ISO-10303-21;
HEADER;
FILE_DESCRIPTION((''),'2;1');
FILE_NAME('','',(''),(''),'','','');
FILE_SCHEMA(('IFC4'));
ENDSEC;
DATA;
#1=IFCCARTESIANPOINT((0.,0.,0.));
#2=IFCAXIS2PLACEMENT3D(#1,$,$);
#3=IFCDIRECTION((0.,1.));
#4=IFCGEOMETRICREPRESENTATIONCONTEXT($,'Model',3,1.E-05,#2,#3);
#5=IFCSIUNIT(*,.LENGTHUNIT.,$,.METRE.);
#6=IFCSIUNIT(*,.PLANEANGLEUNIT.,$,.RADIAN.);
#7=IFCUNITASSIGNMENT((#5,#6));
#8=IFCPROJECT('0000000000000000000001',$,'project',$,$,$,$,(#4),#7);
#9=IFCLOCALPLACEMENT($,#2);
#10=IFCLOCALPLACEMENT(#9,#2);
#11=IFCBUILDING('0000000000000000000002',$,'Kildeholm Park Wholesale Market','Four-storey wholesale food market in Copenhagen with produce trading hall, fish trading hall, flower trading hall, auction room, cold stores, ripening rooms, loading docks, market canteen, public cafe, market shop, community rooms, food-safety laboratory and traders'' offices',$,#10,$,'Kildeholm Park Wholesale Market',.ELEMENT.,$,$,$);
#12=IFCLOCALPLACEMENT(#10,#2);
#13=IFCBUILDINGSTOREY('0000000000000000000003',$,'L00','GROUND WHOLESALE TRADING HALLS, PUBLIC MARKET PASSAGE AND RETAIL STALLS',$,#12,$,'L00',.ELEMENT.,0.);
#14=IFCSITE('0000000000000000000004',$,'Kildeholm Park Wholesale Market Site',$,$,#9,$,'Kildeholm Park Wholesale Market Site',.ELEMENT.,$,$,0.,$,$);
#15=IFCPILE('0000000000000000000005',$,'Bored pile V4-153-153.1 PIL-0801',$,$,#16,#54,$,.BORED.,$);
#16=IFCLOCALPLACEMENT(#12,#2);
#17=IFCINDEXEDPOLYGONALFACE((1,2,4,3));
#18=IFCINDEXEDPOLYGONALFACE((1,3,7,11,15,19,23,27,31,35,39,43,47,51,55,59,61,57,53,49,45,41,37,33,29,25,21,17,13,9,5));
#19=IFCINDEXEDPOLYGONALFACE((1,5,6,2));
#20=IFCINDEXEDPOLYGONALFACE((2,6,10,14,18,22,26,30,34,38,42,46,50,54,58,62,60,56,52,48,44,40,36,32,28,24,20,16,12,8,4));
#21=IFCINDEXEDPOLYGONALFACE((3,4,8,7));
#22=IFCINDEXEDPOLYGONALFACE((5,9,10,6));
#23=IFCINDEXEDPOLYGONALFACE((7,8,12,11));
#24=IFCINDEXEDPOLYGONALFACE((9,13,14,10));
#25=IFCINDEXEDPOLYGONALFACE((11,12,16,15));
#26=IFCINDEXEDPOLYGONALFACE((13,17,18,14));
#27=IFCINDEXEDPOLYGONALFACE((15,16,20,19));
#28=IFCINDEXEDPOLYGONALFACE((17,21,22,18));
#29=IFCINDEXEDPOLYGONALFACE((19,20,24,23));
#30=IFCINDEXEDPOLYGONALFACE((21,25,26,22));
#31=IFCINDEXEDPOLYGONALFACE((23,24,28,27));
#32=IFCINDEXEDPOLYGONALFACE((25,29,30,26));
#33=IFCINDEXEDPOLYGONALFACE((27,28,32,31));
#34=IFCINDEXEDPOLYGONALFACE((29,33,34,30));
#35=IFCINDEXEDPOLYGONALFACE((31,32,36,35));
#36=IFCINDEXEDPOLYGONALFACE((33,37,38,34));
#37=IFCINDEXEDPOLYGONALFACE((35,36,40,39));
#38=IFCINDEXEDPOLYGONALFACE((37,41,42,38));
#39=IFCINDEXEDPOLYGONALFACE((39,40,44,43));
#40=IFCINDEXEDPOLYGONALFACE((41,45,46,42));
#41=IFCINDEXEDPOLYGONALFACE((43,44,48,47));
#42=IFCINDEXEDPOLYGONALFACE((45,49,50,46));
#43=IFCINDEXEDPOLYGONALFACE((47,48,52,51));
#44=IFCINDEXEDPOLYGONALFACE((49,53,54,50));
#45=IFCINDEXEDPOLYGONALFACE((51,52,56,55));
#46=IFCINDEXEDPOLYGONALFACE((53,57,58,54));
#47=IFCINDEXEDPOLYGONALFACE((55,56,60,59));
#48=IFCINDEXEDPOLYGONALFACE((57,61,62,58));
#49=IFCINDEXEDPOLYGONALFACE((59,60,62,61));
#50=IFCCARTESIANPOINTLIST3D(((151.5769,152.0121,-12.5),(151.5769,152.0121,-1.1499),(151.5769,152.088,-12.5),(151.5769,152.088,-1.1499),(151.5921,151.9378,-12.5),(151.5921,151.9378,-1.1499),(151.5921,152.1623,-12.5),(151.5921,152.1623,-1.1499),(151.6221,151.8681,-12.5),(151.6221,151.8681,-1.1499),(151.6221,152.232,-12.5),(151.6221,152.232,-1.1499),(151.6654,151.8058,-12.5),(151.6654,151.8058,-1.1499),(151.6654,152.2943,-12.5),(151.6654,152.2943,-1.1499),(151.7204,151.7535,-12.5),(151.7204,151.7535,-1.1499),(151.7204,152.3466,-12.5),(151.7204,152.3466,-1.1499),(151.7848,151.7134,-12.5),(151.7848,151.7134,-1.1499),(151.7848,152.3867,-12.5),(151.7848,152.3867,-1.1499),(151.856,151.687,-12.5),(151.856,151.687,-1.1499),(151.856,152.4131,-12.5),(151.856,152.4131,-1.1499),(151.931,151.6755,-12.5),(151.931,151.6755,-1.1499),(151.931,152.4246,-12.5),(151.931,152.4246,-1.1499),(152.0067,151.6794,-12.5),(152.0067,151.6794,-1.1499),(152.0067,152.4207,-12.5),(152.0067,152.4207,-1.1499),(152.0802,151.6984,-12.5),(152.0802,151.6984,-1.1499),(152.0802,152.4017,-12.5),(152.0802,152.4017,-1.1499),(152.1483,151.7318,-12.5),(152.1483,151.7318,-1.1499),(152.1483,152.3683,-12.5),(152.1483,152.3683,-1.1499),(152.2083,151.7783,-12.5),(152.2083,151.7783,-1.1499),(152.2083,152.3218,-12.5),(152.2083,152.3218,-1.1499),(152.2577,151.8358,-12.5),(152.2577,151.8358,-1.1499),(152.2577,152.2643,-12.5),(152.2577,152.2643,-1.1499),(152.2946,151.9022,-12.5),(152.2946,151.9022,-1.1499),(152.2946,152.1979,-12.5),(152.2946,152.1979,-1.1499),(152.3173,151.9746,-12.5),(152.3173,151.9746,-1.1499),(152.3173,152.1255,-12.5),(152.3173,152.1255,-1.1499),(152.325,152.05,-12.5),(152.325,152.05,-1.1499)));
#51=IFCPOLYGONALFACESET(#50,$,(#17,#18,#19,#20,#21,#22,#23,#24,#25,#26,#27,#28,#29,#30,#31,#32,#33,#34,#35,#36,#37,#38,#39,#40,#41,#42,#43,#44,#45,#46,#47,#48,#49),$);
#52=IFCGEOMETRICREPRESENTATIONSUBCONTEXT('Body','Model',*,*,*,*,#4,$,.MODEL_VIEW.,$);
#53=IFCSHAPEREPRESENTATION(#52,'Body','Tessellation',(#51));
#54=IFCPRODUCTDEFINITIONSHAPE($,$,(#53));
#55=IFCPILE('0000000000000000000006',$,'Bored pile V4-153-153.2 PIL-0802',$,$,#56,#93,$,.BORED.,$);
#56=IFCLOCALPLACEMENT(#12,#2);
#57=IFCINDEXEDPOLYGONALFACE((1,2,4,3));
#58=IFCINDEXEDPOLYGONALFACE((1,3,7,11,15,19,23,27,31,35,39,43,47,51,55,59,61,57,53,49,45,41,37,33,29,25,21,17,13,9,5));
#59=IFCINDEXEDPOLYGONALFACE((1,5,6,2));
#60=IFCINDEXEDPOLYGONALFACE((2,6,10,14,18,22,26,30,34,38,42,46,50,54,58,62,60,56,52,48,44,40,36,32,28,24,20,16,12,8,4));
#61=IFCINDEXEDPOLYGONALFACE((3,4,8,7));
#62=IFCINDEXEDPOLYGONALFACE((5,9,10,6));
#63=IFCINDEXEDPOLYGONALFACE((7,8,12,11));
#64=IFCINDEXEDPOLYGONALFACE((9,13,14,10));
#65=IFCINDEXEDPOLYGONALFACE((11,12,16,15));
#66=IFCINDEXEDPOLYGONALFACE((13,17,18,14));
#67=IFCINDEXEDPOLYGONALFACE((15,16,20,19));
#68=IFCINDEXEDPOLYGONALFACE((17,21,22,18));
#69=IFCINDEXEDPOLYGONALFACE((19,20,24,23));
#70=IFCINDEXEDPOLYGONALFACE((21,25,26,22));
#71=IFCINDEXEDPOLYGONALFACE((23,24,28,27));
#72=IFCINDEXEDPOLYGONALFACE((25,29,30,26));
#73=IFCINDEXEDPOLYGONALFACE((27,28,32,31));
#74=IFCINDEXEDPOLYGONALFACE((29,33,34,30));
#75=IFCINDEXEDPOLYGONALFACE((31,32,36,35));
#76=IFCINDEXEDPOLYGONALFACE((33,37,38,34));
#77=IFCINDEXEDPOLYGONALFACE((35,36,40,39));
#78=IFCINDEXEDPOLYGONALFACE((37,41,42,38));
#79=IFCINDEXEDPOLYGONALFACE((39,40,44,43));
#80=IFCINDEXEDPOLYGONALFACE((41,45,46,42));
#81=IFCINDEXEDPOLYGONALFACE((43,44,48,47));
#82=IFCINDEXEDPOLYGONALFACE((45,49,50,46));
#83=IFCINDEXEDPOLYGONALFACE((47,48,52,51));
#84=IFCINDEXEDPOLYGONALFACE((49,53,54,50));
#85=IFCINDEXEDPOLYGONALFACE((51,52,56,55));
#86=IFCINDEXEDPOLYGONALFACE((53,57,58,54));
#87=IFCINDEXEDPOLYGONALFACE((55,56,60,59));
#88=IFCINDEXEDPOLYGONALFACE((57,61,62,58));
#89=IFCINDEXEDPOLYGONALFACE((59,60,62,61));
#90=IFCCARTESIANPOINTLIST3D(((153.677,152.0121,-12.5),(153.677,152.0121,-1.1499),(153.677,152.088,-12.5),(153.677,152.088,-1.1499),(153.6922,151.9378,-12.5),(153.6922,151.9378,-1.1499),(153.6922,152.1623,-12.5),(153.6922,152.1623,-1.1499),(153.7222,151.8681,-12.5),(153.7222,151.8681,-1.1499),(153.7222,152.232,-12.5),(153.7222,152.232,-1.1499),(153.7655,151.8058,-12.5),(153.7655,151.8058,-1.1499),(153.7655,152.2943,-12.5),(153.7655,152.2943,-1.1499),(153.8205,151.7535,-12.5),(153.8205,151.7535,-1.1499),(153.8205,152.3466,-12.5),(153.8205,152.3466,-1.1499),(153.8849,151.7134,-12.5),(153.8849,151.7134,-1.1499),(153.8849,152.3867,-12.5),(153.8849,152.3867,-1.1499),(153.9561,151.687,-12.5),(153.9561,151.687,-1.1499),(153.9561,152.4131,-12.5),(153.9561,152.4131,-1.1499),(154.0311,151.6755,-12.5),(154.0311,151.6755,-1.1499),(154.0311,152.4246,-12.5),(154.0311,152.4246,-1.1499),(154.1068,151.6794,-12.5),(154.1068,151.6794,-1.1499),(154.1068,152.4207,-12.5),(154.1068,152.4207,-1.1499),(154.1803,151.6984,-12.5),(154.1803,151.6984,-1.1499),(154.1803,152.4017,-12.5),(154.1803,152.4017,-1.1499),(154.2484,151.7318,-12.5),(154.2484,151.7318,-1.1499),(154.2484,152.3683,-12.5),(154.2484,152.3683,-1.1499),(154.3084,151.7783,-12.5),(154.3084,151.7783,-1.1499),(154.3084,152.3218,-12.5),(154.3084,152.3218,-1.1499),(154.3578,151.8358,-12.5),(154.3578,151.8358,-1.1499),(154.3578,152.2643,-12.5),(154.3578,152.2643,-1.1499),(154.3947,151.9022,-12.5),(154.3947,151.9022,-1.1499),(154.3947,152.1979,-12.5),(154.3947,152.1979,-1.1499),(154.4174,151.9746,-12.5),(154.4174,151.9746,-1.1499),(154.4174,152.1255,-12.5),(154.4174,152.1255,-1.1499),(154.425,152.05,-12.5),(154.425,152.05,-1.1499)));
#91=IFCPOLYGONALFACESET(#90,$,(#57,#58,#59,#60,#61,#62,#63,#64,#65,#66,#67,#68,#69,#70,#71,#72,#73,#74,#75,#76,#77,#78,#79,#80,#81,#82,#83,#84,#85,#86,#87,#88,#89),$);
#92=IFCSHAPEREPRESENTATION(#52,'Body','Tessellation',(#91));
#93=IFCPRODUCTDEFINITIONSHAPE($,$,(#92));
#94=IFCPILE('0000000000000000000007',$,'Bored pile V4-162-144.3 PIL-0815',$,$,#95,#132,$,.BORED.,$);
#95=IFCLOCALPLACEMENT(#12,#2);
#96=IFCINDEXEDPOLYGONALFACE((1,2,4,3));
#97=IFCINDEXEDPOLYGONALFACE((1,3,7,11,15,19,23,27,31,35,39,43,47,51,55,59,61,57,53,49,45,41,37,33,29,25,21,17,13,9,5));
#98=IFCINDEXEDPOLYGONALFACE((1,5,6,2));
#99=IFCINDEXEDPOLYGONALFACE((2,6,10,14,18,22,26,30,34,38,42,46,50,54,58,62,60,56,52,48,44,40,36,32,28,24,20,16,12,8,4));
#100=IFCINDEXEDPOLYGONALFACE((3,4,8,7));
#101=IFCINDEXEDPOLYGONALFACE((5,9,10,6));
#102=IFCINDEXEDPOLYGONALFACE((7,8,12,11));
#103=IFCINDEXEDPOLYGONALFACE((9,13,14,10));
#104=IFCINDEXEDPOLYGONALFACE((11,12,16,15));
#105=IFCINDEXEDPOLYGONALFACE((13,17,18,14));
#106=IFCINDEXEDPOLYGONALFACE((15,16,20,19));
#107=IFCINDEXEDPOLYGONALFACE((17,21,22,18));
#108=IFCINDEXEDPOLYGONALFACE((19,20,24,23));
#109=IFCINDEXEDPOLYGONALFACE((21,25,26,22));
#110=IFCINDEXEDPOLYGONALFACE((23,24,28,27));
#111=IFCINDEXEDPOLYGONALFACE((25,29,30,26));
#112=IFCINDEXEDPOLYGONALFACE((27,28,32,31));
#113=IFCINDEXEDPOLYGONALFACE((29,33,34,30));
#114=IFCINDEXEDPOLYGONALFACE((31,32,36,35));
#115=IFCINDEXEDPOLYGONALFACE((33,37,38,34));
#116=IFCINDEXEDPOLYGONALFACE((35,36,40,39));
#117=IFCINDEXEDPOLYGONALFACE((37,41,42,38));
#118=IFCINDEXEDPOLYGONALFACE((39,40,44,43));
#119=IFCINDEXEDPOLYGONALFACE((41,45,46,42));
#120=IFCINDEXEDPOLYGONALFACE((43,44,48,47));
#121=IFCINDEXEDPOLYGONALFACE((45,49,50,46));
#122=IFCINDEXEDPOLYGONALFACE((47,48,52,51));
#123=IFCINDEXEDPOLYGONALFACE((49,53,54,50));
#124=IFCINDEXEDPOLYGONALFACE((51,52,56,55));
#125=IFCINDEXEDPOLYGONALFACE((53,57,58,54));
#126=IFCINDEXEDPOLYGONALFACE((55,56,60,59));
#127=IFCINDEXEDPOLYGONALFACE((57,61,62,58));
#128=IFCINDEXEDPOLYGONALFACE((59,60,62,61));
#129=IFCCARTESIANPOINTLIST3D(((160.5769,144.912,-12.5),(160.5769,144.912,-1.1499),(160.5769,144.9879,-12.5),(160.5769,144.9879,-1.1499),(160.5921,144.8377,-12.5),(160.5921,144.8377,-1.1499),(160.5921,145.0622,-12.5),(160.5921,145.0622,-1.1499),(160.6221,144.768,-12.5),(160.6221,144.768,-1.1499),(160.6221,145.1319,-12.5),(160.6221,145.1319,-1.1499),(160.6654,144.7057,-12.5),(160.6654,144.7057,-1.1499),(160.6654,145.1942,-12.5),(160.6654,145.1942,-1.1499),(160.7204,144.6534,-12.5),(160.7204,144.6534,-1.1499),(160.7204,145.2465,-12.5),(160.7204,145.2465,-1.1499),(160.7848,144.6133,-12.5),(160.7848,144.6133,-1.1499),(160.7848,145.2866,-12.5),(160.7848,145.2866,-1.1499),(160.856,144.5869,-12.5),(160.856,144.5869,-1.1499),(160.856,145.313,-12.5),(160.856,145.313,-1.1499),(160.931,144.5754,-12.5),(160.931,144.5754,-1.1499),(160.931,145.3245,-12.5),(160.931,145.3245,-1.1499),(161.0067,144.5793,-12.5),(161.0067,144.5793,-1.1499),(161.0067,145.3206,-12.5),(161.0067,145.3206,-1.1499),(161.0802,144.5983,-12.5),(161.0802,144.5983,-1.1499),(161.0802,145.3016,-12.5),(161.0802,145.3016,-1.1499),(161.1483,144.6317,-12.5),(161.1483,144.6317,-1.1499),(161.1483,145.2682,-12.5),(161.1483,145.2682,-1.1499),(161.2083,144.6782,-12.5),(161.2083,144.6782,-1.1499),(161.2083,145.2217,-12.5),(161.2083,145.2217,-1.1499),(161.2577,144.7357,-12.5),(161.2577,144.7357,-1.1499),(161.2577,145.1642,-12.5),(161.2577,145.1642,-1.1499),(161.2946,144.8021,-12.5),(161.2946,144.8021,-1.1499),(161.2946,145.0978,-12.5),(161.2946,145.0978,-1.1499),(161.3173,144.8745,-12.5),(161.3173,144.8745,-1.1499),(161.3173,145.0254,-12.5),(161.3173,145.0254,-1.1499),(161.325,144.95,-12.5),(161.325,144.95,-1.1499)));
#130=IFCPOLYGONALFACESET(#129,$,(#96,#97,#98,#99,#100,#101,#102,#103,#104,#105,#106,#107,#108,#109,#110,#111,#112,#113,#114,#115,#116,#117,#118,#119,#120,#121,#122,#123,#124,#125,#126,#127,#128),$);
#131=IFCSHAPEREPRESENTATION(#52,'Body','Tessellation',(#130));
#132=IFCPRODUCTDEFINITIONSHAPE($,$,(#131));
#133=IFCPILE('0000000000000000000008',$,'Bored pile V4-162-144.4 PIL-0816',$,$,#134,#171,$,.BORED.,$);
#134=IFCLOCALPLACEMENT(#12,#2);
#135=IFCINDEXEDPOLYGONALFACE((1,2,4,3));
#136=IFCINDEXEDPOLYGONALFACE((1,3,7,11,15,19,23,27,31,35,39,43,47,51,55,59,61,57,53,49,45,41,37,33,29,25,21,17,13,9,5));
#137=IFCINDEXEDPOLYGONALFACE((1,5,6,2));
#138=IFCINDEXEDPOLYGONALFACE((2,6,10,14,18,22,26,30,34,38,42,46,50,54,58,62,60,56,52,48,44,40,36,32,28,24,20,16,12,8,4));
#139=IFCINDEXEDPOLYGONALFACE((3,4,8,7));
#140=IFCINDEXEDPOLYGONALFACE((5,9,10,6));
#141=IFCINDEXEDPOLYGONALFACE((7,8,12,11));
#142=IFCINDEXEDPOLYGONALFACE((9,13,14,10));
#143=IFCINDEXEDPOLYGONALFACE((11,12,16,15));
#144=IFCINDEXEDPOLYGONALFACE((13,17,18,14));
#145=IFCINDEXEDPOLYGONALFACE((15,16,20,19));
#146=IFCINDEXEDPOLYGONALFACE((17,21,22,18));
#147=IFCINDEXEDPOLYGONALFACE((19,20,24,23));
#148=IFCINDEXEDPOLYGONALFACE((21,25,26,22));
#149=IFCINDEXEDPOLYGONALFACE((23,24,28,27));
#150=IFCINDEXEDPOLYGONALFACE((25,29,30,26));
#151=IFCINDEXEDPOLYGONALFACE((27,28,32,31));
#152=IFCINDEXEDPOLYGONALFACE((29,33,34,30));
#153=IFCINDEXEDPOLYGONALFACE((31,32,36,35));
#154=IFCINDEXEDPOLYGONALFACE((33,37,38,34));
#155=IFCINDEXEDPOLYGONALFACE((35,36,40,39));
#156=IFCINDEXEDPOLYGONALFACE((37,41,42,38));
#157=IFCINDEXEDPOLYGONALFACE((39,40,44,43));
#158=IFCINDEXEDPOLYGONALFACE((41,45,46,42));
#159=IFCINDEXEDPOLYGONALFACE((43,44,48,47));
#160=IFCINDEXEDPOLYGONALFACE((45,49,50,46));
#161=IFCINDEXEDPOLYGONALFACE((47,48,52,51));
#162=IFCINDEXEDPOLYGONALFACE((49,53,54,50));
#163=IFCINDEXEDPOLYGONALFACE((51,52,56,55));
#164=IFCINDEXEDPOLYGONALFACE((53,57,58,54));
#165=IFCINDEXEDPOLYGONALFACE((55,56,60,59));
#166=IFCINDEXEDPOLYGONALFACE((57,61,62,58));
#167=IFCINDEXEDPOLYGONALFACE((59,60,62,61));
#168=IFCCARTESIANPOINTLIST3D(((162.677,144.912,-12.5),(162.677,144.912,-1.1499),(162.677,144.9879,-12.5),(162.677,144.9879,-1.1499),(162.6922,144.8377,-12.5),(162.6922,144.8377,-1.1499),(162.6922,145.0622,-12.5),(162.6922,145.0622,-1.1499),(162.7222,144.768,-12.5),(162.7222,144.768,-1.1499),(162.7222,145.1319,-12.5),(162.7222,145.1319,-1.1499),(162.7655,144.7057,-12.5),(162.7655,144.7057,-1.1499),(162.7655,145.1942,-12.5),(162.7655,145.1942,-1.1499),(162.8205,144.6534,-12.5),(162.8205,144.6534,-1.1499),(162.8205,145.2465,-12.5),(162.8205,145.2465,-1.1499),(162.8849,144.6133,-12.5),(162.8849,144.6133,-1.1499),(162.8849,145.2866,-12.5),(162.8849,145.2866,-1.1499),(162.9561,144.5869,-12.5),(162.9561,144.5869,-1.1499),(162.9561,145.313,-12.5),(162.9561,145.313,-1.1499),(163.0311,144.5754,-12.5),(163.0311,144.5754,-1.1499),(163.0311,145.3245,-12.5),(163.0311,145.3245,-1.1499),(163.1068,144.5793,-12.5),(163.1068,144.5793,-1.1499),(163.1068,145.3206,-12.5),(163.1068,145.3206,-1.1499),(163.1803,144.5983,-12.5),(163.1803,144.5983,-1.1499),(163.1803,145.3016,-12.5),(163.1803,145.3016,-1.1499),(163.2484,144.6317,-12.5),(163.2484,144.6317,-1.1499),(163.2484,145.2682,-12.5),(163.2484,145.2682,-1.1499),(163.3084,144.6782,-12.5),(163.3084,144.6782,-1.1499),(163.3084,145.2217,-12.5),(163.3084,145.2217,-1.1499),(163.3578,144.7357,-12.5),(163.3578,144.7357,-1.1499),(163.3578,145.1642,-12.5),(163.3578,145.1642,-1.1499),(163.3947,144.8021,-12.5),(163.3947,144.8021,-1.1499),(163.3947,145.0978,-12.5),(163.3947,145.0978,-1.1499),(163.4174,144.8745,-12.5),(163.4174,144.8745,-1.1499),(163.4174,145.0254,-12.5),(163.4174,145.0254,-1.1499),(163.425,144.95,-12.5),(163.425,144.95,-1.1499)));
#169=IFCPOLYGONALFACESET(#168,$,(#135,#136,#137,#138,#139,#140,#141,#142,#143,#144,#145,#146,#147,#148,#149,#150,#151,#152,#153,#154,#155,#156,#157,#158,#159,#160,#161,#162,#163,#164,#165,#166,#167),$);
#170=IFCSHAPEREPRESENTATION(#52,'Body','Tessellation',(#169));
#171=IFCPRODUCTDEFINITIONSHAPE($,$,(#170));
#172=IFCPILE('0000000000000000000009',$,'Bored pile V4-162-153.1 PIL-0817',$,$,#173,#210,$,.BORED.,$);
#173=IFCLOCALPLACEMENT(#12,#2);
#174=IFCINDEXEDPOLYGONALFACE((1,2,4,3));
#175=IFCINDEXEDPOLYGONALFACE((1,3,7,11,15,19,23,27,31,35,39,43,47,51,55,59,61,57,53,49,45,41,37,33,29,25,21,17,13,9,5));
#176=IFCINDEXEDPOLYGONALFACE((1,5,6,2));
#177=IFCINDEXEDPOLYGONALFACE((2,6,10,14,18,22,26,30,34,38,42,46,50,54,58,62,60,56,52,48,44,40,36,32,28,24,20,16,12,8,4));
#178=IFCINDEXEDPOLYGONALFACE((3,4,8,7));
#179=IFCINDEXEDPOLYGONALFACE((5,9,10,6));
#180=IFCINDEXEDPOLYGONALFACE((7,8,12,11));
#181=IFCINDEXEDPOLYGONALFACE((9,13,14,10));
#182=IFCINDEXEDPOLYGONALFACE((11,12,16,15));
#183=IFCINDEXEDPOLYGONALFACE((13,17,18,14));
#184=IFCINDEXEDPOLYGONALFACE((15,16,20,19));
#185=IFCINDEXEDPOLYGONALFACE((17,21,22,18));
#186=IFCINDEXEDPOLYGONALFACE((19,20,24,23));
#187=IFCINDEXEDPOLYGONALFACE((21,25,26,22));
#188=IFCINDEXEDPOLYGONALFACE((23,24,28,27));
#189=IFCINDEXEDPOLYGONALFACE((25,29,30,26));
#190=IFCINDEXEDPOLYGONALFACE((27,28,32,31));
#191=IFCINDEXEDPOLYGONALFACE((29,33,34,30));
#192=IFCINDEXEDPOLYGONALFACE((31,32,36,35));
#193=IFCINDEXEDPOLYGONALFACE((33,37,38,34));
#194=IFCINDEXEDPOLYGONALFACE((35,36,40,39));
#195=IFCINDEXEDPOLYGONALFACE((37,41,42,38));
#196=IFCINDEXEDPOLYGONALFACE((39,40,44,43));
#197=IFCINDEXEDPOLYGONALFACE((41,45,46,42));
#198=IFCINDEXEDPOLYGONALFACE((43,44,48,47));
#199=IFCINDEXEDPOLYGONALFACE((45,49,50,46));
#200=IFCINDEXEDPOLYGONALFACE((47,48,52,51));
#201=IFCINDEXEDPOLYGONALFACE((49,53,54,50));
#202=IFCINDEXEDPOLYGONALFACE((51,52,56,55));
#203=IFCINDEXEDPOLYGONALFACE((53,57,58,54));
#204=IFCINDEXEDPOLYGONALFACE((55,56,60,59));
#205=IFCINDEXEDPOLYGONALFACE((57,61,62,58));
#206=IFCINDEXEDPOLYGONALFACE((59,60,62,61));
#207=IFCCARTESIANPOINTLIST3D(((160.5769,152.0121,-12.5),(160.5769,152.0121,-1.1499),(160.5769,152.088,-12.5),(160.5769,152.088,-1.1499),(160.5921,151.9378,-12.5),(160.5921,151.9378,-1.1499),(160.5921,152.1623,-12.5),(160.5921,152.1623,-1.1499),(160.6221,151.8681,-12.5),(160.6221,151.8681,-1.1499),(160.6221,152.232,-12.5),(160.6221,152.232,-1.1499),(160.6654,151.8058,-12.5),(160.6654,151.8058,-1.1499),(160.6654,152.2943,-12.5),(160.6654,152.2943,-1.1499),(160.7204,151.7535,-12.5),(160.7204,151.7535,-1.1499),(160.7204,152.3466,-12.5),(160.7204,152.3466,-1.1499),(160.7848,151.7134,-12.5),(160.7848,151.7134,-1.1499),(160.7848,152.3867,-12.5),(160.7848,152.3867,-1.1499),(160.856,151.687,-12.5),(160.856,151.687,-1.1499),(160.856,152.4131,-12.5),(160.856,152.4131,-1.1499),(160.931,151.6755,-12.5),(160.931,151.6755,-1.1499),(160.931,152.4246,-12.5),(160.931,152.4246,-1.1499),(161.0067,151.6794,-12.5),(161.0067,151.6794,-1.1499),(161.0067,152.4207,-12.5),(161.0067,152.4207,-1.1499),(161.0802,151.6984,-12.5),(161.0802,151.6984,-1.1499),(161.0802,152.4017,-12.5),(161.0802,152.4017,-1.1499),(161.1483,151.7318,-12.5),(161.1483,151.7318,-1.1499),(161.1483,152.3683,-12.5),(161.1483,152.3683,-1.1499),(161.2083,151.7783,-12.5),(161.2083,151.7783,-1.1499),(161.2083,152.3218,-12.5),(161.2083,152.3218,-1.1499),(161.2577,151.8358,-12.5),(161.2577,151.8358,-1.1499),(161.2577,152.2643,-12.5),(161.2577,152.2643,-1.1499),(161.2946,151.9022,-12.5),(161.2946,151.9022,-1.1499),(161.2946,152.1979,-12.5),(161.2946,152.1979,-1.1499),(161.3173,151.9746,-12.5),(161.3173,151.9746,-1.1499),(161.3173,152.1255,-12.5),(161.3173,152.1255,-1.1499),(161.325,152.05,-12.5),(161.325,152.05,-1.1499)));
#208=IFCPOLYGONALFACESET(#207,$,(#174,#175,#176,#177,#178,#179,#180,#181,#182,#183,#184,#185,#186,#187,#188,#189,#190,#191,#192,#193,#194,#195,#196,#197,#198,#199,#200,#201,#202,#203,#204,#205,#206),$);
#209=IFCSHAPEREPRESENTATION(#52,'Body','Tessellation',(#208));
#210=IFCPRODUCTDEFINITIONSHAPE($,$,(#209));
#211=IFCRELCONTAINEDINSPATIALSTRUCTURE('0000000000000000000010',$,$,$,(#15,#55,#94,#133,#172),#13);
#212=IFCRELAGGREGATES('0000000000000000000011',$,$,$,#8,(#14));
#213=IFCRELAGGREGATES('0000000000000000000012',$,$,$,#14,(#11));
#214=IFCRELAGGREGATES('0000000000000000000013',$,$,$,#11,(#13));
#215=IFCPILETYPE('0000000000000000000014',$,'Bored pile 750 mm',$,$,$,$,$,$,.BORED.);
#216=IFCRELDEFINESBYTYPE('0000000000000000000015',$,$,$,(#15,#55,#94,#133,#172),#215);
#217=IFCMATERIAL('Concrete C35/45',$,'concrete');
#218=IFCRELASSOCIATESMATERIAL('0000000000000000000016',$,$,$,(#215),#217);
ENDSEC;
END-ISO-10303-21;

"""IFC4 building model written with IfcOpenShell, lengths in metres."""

from ifc_helpers import new_model, si_unit, direction, frame, origin, origin_2d, place, context, subcontext, project, spatial, circle, extrude, material, material_profile, profile_set, type_object, element, save


model = new_model("IFC4")

# Units and contexts
model_context = context("Model", 3, precision=1e-05, world=origin(), true_north=direction((0.0, 1.0)))
body_context = subcontext(model_context, "Body", "Model", "MODEL_VIEW")
ifc_project = project(units=[si_unit("LENGTHUNIT", "METRE"), si_unit("PLANEANGLEUNIT", "RADIAN")], contexts=[model_context])

# Site, building, storey
site_placement = place(None, origin())
site = spatial("IfcSite", under=ifc_project, at=site_placement, Name="Kildeholm Park Wholesale Market Site", LongName="Kildeholm Park Wholesale Market Site", CompositionType="ELEMENT", RefElevation=0.0)
building_placement = place(site_placement, origin())
building = spatial("IfcBuilding", under=site, at=building_placement, Name="Kildeholm Park Wholesale Market", Description="Four-storey wholesale food market in Copenhagen with produce trading hall, fish trading hall, flower trading hall, auction room, cold stores, ripening rooms, loading docks, market canteen, public cafe, market shop, community rooms, food-safety laboratory and traders' offices", LongName="Kildeholm Park Wholesale Market", CompositionType="ELEMENT")
storey_placement = place(building_placement, origin())
storey = spatial("IfcBuildingStorey", under=building, at=storey_placement, Name="L00", Description="GROUND WHOLESALE TRADING HALLS, PUBLIC MARKET PASSAGE AND RETAIL STALLS", LongName="L00", CompositionType="ELEMENT", Elevation=0.0)

# Piles
ifc_material_1 = material(Name="Concrete C35/45", Category="concrete")
ifc_material_profile_1 = material_profile(ifc_material_1, circle(Radius=0.375, at=origin_2d()), Name="PILE D750")
ifc_profile_set_1 = profile_set([ifc_material_profile_1], Name="Concrete C35/45")
pile_type = type_object("IfcPileType", Name="Bored pile 750 mm", PredefinedType="BORED", material=ifc_profile_set_1)
for number, where, z_axis, x_axis, name in (
    (1, (151.95, 152.05, -1.1499), (0.0, 0.0, -1.0), (1.0, 0.0, 0.0), "Bored pile V4-153-153.1 PIL-0801"),
    (2, (154.05, 152.05, -1.1499), (0.0, 0.0, -1.0), (1.0, 0.0, 0.0), "Bored pile V4-153-153.2 PIL-0802"),
    (3, (160.95, 144.95, -1.1499), (0.0, 0.0, -1.0), (1.0, 0.0, 0.0), "Bored pile V4-162-144.3 PIL-0815"),
    (4, (163.05, 144.95, -1.1499), (0.0, 0.0, -1.0), (1.0, 0.0, 0.0), "Bored pile V4-162-144.4 PIL-0816"),
    (5, (160.95, 152.05, -1.1499), (0.0, 0.0, -1.0), (1.0, 0.0, 0.0), "Bored pile V4-162-153.1 PIL-0817"),
):
    element("IfcPile", number, at=place(storey_placement, frame(where, z_axis=z_axis, x_axis=x_axis)), inside=storey, type_object=pile_type, Name=name, PredefinedType="BORED", context=body_context, shape_type="SweptSolid", body=[
        extrude(circle(Radius=0.375, at=origin_2d()), origin(), (0.0, 0.0, 1.0), 11.3501),
    ])

save(model, "model.ifc")
